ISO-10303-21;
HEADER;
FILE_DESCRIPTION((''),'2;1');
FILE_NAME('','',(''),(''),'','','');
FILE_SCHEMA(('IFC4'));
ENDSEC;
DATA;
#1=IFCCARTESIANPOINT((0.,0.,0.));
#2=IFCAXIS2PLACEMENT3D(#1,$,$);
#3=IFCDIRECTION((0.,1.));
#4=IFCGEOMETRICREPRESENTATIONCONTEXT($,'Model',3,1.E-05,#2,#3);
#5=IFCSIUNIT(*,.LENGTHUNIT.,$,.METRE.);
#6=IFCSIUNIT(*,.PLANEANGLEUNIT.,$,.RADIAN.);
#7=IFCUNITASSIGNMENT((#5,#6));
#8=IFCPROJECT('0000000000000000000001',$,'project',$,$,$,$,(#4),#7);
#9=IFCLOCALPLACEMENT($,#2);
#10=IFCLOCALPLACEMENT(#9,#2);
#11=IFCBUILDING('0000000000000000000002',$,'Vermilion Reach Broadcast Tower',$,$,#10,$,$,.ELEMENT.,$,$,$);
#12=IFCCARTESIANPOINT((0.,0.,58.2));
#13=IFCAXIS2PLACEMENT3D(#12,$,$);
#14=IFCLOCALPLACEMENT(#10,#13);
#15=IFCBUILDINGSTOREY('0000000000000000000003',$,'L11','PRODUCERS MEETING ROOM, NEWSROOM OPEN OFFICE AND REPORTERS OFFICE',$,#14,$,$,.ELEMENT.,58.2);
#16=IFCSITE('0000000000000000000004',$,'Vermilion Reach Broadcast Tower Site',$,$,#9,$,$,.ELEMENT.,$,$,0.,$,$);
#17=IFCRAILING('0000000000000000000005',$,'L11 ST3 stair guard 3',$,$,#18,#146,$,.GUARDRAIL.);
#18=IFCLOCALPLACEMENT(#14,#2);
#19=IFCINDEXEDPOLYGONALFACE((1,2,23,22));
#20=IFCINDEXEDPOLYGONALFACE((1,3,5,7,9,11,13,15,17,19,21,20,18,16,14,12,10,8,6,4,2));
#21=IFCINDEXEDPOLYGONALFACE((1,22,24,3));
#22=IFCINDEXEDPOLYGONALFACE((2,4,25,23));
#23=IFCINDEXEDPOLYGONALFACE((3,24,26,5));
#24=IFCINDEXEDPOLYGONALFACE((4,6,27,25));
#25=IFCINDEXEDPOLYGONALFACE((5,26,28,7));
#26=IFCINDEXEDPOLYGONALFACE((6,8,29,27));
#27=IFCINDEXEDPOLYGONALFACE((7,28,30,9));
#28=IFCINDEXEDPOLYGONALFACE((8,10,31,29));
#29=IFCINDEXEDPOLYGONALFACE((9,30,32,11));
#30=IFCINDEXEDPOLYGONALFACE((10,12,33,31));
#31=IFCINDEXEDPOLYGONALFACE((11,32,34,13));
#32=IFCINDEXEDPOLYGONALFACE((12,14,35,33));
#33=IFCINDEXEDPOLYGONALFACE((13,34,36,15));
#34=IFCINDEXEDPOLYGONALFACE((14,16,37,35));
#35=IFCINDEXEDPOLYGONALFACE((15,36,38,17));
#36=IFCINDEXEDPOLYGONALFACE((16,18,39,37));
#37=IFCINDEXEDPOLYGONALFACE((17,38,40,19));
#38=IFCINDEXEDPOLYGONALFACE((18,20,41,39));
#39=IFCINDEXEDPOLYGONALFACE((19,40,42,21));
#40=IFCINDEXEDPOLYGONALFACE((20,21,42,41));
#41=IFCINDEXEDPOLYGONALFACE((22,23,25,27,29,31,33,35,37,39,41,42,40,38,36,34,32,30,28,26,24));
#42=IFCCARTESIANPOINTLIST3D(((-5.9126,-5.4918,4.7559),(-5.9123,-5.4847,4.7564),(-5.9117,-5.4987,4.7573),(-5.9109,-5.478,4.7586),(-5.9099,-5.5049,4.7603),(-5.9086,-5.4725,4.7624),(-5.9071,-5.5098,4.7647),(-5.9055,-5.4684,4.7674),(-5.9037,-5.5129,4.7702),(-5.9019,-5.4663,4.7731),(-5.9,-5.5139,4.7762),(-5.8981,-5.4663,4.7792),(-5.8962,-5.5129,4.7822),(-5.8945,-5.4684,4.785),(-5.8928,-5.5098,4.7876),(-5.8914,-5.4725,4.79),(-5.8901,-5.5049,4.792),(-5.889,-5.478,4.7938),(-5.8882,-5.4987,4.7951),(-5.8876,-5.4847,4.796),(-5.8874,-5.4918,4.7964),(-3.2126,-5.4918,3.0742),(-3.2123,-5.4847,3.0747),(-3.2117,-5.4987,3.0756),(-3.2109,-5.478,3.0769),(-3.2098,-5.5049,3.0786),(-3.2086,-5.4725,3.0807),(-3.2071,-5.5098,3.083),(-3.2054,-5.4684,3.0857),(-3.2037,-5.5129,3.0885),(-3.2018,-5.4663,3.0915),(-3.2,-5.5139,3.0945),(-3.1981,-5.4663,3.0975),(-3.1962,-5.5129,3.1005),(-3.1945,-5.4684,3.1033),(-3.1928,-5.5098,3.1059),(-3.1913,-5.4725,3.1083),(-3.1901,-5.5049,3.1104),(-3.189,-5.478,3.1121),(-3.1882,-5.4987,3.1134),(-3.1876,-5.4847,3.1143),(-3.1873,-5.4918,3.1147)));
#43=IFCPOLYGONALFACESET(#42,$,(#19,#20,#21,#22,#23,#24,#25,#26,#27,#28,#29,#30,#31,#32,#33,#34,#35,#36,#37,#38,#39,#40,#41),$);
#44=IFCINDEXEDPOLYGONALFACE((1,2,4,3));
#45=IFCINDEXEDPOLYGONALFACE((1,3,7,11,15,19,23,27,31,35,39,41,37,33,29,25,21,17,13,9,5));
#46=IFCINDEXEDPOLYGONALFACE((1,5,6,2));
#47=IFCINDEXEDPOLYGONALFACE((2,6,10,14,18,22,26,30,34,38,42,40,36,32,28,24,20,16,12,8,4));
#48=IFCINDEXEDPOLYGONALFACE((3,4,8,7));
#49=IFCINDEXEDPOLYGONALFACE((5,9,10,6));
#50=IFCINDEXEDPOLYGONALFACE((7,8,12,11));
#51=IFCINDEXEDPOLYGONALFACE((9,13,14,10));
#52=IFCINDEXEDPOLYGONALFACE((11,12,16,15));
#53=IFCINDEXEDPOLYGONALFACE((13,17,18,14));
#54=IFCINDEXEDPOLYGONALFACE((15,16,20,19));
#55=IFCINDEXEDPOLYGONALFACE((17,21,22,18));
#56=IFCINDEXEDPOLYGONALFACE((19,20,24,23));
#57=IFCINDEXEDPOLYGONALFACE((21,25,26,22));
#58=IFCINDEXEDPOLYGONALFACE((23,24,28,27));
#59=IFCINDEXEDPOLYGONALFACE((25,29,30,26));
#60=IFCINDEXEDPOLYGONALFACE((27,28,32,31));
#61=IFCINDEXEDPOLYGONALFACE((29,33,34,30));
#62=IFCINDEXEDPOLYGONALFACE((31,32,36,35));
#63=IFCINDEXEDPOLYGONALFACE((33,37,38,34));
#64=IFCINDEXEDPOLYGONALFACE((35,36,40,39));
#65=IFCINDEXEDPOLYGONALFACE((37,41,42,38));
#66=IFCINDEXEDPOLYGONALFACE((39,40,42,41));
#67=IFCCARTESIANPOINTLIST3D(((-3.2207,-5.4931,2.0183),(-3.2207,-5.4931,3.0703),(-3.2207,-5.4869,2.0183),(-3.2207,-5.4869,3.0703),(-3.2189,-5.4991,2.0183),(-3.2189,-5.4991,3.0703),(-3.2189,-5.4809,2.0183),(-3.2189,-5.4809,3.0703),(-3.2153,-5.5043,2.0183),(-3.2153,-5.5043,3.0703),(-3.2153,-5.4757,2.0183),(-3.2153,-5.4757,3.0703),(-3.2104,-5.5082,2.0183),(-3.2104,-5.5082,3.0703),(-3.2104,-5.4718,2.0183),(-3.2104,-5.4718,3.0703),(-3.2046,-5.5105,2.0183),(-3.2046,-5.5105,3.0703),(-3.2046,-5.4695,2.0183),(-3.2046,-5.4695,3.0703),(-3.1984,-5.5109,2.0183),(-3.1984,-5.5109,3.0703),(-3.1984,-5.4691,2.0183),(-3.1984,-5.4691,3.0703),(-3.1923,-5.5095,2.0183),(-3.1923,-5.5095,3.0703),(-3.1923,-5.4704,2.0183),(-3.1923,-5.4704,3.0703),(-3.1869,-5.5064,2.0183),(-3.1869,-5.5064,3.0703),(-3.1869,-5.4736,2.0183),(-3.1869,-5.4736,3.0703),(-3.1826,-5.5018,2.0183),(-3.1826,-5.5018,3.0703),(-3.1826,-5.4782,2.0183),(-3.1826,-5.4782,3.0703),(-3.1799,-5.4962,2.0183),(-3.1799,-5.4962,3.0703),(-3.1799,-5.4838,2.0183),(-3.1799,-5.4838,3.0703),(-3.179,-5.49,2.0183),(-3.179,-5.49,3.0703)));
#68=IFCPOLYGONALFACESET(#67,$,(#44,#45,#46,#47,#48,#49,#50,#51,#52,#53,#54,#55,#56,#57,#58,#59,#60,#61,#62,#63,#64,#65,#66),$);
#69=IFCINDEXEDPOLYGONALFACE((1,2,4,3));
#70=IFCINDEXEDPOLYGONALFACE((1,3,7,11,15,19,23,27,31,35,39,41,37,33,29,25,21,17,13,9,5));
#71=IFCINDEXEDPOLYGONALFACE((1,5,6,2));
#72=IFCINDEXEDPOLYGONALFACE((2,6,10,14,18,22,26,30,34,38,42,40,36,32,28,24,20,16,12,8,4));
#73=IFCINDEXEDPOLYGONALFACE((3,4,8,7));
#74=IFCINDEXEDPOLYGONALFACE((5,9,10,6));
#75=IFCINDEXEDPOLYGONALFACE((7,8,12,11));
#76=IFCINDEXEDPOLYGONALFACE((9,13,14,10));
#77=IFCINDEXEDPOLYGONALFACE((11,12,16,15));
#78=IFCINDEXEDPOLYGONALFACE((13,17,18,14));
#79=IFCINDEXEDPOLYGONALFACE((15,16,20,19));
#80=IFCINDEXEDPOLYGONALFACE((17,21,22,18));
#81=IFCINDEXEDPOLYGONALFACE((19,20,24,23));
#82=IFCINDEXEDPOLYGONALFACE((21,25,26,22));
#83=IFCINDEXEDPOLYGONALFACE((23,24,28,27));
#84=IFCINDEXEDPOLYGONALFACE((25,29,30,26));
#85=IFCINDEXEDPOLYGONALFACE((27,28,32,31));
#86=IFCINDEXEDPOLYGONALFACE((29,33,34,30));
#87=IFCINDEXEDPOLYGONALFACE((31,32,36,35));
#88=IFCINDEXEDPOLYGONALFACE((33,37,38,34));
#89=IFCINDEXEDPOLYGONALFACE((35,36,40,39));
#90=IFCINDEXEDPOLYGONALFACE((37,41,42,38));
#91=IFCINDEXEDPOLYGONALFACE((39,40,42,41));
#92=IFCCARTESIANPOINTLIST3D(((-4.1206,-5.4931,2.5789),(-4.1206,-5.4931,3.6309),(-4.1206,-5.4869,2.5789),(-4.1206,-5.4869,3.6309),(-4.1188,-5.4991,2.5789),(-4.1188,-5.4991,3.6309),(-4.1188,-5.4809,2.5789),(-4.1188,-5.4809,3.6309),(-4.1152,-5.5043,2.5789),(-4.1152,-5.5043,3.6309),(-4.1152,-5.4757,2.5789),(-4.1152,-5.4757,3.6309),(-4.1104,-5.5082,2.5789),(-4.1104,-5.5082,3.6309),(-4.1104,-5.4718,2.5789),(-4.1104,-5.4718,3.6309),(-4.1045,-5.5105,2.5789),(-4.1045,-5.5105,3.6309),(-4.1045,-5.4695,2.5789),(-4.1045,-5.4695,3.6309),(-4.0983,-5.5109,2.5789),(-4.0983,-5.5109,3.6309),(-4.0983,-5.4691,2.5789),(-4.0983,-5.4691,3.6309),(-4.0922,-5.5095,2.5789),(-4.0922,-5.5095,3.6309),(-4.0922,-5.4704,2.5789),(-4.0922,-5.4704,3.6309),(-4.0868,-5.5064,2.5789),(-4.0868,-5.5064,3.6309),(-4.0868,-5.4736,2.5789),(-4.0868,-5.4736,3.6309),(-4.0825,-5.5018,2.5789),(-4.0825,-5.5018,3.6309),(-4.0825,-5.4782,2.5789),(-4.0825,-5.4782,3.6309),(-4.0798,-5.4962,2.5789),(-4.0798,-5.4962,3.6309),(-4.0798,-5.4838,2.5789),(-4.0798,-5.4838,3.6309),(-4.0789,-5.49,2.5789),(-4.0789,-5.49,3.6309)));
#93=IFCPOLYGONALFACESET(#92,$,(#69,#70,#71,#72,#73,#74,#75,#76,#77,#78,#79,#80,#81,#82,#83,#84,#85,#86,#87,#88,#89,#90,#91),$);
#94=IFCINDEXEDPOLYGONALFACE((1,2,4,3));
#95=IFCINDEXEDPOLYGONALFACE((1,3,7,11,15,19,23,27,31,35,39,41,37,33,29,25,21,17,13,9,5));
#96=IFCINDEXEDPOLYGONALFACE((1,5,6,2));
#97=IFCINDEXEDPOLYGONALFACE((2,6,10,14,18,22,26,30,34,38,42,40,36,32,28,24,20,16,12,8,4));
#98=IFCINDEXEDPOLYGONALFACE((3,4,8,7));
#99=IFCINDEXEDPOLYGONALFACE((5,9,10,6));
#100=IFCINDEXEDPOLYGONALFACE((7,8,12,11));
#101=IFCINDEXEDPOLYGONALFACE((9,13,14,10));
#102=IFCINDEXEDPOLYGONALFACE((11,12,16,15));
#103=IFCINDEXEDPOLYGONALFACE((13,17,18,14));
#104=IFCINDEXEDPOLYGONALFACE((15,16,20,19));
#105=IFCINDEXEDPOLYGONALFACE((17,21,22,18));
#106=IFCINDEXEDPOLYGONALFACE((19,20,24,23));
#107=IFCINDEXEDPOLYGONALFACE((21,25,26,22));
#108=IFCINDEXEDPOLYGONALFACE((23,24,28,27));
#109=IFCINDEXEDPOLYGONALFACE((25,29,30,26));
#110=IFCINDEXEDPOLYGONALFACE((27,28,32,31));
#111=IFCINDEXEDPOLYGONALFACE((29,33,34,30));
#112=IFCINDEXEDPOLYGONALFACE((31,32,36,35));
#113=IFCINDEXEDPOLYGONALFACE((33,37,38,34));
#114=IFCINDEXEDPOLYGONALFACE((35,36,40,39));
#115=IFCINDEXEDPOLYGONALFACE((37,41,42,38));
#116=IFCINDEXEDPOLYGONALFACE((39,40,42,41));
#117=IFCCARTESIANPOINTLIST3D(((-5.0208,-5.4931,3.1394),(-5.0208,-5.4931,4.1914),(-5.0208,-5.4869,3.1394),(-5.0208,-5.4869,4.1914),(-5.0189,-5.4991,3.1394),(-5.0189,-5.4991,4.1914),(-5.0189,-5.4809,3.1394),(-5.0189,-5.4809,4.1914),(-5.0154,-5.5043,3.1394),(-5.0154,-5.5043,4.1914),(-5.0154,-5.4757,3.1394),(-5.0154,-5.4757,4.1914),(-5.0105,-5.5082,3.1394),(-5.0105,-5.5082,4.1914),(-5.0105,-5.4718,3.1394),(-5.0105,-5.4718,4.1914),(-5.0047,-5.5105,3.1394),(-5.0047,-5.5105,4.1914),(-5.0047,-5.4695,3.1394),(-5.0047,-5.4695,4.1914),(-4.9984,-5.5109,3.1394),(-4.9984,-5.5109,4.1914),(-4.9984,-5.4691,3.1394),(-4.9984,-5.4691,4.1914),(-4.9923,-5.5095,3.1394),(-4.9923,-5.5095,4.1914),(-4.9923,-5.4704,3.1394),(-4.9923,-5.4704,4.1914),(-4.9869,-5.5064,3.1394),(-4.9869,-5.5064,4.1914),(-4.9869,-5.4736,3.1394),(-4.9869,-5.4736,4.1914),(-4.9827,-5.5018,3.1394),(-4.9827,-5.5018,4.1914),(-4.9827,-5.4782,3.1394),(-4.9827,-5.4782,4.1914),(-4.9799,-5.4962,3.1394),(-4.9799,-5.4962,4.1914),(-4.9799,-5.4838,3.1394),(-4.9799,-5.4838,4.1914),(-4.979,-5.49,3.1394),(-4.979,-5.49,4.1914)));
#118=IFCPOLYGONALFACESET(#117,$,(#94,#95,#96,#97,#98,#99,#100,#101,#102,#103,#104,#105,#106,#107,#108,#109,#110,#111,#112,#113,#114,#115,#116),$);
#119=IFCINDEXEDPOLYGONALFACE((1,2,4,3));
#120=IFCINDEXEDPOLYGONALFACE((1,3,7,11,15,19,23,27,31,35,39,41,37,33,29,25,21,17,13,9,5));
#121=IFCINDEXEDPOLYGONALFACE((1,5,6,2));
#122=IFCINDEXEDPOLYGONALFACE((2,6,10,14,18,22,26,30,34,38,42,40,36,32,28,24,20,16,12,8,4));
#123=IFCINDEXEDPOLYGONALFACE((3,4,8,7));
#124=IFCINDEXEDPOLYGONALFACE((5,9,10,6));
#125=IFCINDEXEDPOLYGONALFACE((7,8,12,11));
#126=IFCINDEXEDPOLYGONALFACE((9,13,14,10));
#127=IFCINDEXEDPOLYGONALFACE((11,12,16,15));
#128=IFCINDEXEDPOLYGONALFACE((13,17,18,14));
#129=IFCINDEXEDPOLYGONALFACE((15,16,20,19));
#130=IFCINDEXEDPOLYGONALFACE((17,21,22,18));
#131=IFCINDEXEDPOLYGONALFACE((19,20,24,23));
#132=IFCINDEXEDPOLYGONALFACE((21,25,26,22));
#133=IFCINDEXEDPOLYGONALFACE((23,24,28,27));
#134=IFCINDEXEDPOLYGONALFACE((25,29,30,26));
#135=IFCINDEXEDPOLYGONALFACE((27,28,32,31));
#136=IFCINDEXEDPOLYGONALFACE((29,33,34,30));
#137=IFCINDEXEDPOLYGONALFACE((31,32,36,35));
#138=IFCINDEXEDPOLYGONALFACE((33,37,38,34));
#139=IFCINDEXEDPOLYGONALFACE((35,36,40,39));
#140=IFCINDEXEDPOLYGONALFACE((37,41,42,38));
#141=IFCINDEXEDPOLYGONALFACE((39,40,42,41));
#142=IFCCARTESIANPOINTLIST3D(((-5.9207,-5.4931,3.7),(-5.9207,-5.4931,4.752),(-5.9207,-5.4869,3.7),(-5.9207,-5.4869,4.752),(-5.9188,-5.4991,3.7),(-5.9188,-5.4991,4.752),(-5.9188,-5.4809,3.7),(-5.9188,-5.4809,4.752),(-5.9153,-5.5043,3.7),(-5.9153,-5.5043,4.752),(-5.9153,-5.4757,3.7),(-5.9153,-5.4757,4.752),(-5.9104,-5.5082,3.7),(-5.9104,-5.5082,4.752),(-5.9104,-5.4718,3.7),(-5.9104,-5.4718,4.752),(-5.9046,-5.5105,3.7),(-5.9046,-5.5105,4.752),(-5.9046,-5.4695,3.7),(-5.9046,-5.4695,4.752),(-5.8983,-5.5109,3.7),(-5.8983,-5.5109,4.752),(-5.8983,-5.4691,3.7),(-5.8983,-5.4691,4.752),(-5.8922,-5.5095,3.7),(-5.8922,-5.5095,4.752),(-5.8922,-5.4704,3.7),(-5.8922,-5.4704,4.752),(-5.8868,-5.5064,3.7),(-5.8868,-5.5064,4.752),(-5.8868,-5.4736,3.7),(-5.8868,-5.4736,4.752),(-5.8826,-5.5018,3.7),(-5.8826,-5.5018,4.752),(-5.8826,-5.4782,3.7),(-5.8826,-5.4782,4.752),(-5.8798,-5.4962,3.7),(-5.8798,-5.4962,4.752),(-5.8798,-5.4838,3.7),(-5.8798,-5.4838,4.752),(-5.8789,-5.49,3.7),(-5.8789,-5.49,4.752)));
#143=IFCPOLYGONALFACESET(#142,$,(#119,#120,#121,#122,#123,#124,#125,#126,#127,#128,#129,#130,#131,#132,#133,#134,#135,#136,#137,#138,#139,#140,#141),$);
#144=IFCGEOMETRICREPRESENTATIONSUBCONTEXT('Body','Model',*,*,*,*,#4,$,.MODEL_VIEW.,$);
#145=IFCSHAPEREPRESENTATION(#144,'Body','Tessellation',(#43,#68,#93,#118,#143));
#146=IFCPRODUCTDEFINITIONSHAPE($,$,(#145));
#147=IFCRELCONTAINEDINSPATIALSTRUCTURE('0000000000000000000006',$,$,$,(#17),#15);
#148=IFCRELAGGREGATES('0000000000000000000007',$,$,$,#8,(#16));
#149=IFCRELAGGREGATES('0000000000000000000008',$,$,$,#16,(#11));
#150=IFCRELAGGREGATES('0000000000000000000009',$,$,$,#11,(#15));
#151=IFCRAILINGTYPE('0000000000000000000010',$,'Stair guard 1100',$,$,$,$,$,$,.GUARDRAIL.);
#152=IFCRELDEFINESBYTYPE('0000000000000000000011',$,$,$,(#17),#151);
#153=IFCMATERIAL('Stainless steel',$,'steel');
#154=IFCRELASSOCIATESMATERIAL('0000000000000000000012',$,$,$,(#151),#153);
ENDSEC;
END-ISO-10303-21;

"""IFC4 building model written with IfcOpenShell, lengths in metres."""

from ifc_helpers import new_model, si_unit, direction, frame, origin, origin_2d, place, context, subcontext, project, spatial, circle, extrude, material, type_object, element, save


model = new_model("IFC4")

# Units and contexts
model_context = context("Model", 3, precision=1e-05, world=origin(), true_north=direction((0.0, 1.0)))
body_context = subcontext(model_context, "Body", "Model", "MODEL_VIEW")
ifc_project = project(units=[si_unit("LENGTHUNIT", "METRE"), si_unit("PLANEANGLEUNIT", "RADIAN")], contexts=[model_context])

# Site, building, storey
site_placement = place(None, origin())
site = spatial("IfcSite", under=ifc_project, at=site_placement, Name="Vermilion Reach Broadcast Tower Site", CompositionType="ELEMENT", RefElevation=0.0)
building_placement = place(site_placement, origin())
building = spatial("IfcBuilding", under=site, at=building_placement, Name="Vermilion Reach Broadcast Tower", CompositionType="ELEMENT")
storey_placement = place(building_placement, frame((0.0, 0.0, 58.2)))
storey = spatial("IfcBuildingStorey", under=building, at=storey_placement, Name="L11", Description="PRODUCERS MEETING ROOM, NEWSROOM OPEN OFFICE AND REPORTERS OFFICE", CompositionType="ELEMENT", Elevation=58.2)

# Railing
ifc_material_1 = material(Name="Stainless steel", Category="steel")
railing_type_1 = type_object("IfcRailingType", Name="Stair guard 1100", PredefinedType="GUARDRAIL", material=ifc_material_1)
railing_1_placement = place(storey_placement, frame((-3.2, -5.49, 2.0183)))
element("IfcRailing", 1, at=railing_1_placement, inside=storey, type_object=railing_type_1, Name="L11 ST3 stair guard 3", PredefinedType="GUARDRAIL", context=body_context, shape_type="SweptSolid", body=[
    extrude(circle(Radius=0.0239, at=origin_2d()), frame((0.0, 0.0, 1.0762), z_axis=(-0.848821, 0.0, 0.528681), x_axis=(0.0, -1.0, 0.0)), (0.0, 0.0, 1.0), 3.1809),
    extrude(circle(Radius=0.021, at=origin_2d()), origin(), (0.0, 0.0, 1.0), 1.052),
    extrude(circle(Radius=0.021, at=origin_2d()), frame((-0.8999, 0.0, 0.5605)), (0.0, 0.0, 1.0), 1.052),
    extrude(circle(Radius=0.021, at=origin_2d()), frame((-1.8, 0.0, 1.1211)), (0.0, 0.0, 1.0), 1.052),
    extrude(circle(Radius=0.021, at=origin_2d()), frame((-2.7, 0.0, 1.6816)), (0.0, 0.0, 1.0), 1.052),
])

save(model, "model.ifc")
